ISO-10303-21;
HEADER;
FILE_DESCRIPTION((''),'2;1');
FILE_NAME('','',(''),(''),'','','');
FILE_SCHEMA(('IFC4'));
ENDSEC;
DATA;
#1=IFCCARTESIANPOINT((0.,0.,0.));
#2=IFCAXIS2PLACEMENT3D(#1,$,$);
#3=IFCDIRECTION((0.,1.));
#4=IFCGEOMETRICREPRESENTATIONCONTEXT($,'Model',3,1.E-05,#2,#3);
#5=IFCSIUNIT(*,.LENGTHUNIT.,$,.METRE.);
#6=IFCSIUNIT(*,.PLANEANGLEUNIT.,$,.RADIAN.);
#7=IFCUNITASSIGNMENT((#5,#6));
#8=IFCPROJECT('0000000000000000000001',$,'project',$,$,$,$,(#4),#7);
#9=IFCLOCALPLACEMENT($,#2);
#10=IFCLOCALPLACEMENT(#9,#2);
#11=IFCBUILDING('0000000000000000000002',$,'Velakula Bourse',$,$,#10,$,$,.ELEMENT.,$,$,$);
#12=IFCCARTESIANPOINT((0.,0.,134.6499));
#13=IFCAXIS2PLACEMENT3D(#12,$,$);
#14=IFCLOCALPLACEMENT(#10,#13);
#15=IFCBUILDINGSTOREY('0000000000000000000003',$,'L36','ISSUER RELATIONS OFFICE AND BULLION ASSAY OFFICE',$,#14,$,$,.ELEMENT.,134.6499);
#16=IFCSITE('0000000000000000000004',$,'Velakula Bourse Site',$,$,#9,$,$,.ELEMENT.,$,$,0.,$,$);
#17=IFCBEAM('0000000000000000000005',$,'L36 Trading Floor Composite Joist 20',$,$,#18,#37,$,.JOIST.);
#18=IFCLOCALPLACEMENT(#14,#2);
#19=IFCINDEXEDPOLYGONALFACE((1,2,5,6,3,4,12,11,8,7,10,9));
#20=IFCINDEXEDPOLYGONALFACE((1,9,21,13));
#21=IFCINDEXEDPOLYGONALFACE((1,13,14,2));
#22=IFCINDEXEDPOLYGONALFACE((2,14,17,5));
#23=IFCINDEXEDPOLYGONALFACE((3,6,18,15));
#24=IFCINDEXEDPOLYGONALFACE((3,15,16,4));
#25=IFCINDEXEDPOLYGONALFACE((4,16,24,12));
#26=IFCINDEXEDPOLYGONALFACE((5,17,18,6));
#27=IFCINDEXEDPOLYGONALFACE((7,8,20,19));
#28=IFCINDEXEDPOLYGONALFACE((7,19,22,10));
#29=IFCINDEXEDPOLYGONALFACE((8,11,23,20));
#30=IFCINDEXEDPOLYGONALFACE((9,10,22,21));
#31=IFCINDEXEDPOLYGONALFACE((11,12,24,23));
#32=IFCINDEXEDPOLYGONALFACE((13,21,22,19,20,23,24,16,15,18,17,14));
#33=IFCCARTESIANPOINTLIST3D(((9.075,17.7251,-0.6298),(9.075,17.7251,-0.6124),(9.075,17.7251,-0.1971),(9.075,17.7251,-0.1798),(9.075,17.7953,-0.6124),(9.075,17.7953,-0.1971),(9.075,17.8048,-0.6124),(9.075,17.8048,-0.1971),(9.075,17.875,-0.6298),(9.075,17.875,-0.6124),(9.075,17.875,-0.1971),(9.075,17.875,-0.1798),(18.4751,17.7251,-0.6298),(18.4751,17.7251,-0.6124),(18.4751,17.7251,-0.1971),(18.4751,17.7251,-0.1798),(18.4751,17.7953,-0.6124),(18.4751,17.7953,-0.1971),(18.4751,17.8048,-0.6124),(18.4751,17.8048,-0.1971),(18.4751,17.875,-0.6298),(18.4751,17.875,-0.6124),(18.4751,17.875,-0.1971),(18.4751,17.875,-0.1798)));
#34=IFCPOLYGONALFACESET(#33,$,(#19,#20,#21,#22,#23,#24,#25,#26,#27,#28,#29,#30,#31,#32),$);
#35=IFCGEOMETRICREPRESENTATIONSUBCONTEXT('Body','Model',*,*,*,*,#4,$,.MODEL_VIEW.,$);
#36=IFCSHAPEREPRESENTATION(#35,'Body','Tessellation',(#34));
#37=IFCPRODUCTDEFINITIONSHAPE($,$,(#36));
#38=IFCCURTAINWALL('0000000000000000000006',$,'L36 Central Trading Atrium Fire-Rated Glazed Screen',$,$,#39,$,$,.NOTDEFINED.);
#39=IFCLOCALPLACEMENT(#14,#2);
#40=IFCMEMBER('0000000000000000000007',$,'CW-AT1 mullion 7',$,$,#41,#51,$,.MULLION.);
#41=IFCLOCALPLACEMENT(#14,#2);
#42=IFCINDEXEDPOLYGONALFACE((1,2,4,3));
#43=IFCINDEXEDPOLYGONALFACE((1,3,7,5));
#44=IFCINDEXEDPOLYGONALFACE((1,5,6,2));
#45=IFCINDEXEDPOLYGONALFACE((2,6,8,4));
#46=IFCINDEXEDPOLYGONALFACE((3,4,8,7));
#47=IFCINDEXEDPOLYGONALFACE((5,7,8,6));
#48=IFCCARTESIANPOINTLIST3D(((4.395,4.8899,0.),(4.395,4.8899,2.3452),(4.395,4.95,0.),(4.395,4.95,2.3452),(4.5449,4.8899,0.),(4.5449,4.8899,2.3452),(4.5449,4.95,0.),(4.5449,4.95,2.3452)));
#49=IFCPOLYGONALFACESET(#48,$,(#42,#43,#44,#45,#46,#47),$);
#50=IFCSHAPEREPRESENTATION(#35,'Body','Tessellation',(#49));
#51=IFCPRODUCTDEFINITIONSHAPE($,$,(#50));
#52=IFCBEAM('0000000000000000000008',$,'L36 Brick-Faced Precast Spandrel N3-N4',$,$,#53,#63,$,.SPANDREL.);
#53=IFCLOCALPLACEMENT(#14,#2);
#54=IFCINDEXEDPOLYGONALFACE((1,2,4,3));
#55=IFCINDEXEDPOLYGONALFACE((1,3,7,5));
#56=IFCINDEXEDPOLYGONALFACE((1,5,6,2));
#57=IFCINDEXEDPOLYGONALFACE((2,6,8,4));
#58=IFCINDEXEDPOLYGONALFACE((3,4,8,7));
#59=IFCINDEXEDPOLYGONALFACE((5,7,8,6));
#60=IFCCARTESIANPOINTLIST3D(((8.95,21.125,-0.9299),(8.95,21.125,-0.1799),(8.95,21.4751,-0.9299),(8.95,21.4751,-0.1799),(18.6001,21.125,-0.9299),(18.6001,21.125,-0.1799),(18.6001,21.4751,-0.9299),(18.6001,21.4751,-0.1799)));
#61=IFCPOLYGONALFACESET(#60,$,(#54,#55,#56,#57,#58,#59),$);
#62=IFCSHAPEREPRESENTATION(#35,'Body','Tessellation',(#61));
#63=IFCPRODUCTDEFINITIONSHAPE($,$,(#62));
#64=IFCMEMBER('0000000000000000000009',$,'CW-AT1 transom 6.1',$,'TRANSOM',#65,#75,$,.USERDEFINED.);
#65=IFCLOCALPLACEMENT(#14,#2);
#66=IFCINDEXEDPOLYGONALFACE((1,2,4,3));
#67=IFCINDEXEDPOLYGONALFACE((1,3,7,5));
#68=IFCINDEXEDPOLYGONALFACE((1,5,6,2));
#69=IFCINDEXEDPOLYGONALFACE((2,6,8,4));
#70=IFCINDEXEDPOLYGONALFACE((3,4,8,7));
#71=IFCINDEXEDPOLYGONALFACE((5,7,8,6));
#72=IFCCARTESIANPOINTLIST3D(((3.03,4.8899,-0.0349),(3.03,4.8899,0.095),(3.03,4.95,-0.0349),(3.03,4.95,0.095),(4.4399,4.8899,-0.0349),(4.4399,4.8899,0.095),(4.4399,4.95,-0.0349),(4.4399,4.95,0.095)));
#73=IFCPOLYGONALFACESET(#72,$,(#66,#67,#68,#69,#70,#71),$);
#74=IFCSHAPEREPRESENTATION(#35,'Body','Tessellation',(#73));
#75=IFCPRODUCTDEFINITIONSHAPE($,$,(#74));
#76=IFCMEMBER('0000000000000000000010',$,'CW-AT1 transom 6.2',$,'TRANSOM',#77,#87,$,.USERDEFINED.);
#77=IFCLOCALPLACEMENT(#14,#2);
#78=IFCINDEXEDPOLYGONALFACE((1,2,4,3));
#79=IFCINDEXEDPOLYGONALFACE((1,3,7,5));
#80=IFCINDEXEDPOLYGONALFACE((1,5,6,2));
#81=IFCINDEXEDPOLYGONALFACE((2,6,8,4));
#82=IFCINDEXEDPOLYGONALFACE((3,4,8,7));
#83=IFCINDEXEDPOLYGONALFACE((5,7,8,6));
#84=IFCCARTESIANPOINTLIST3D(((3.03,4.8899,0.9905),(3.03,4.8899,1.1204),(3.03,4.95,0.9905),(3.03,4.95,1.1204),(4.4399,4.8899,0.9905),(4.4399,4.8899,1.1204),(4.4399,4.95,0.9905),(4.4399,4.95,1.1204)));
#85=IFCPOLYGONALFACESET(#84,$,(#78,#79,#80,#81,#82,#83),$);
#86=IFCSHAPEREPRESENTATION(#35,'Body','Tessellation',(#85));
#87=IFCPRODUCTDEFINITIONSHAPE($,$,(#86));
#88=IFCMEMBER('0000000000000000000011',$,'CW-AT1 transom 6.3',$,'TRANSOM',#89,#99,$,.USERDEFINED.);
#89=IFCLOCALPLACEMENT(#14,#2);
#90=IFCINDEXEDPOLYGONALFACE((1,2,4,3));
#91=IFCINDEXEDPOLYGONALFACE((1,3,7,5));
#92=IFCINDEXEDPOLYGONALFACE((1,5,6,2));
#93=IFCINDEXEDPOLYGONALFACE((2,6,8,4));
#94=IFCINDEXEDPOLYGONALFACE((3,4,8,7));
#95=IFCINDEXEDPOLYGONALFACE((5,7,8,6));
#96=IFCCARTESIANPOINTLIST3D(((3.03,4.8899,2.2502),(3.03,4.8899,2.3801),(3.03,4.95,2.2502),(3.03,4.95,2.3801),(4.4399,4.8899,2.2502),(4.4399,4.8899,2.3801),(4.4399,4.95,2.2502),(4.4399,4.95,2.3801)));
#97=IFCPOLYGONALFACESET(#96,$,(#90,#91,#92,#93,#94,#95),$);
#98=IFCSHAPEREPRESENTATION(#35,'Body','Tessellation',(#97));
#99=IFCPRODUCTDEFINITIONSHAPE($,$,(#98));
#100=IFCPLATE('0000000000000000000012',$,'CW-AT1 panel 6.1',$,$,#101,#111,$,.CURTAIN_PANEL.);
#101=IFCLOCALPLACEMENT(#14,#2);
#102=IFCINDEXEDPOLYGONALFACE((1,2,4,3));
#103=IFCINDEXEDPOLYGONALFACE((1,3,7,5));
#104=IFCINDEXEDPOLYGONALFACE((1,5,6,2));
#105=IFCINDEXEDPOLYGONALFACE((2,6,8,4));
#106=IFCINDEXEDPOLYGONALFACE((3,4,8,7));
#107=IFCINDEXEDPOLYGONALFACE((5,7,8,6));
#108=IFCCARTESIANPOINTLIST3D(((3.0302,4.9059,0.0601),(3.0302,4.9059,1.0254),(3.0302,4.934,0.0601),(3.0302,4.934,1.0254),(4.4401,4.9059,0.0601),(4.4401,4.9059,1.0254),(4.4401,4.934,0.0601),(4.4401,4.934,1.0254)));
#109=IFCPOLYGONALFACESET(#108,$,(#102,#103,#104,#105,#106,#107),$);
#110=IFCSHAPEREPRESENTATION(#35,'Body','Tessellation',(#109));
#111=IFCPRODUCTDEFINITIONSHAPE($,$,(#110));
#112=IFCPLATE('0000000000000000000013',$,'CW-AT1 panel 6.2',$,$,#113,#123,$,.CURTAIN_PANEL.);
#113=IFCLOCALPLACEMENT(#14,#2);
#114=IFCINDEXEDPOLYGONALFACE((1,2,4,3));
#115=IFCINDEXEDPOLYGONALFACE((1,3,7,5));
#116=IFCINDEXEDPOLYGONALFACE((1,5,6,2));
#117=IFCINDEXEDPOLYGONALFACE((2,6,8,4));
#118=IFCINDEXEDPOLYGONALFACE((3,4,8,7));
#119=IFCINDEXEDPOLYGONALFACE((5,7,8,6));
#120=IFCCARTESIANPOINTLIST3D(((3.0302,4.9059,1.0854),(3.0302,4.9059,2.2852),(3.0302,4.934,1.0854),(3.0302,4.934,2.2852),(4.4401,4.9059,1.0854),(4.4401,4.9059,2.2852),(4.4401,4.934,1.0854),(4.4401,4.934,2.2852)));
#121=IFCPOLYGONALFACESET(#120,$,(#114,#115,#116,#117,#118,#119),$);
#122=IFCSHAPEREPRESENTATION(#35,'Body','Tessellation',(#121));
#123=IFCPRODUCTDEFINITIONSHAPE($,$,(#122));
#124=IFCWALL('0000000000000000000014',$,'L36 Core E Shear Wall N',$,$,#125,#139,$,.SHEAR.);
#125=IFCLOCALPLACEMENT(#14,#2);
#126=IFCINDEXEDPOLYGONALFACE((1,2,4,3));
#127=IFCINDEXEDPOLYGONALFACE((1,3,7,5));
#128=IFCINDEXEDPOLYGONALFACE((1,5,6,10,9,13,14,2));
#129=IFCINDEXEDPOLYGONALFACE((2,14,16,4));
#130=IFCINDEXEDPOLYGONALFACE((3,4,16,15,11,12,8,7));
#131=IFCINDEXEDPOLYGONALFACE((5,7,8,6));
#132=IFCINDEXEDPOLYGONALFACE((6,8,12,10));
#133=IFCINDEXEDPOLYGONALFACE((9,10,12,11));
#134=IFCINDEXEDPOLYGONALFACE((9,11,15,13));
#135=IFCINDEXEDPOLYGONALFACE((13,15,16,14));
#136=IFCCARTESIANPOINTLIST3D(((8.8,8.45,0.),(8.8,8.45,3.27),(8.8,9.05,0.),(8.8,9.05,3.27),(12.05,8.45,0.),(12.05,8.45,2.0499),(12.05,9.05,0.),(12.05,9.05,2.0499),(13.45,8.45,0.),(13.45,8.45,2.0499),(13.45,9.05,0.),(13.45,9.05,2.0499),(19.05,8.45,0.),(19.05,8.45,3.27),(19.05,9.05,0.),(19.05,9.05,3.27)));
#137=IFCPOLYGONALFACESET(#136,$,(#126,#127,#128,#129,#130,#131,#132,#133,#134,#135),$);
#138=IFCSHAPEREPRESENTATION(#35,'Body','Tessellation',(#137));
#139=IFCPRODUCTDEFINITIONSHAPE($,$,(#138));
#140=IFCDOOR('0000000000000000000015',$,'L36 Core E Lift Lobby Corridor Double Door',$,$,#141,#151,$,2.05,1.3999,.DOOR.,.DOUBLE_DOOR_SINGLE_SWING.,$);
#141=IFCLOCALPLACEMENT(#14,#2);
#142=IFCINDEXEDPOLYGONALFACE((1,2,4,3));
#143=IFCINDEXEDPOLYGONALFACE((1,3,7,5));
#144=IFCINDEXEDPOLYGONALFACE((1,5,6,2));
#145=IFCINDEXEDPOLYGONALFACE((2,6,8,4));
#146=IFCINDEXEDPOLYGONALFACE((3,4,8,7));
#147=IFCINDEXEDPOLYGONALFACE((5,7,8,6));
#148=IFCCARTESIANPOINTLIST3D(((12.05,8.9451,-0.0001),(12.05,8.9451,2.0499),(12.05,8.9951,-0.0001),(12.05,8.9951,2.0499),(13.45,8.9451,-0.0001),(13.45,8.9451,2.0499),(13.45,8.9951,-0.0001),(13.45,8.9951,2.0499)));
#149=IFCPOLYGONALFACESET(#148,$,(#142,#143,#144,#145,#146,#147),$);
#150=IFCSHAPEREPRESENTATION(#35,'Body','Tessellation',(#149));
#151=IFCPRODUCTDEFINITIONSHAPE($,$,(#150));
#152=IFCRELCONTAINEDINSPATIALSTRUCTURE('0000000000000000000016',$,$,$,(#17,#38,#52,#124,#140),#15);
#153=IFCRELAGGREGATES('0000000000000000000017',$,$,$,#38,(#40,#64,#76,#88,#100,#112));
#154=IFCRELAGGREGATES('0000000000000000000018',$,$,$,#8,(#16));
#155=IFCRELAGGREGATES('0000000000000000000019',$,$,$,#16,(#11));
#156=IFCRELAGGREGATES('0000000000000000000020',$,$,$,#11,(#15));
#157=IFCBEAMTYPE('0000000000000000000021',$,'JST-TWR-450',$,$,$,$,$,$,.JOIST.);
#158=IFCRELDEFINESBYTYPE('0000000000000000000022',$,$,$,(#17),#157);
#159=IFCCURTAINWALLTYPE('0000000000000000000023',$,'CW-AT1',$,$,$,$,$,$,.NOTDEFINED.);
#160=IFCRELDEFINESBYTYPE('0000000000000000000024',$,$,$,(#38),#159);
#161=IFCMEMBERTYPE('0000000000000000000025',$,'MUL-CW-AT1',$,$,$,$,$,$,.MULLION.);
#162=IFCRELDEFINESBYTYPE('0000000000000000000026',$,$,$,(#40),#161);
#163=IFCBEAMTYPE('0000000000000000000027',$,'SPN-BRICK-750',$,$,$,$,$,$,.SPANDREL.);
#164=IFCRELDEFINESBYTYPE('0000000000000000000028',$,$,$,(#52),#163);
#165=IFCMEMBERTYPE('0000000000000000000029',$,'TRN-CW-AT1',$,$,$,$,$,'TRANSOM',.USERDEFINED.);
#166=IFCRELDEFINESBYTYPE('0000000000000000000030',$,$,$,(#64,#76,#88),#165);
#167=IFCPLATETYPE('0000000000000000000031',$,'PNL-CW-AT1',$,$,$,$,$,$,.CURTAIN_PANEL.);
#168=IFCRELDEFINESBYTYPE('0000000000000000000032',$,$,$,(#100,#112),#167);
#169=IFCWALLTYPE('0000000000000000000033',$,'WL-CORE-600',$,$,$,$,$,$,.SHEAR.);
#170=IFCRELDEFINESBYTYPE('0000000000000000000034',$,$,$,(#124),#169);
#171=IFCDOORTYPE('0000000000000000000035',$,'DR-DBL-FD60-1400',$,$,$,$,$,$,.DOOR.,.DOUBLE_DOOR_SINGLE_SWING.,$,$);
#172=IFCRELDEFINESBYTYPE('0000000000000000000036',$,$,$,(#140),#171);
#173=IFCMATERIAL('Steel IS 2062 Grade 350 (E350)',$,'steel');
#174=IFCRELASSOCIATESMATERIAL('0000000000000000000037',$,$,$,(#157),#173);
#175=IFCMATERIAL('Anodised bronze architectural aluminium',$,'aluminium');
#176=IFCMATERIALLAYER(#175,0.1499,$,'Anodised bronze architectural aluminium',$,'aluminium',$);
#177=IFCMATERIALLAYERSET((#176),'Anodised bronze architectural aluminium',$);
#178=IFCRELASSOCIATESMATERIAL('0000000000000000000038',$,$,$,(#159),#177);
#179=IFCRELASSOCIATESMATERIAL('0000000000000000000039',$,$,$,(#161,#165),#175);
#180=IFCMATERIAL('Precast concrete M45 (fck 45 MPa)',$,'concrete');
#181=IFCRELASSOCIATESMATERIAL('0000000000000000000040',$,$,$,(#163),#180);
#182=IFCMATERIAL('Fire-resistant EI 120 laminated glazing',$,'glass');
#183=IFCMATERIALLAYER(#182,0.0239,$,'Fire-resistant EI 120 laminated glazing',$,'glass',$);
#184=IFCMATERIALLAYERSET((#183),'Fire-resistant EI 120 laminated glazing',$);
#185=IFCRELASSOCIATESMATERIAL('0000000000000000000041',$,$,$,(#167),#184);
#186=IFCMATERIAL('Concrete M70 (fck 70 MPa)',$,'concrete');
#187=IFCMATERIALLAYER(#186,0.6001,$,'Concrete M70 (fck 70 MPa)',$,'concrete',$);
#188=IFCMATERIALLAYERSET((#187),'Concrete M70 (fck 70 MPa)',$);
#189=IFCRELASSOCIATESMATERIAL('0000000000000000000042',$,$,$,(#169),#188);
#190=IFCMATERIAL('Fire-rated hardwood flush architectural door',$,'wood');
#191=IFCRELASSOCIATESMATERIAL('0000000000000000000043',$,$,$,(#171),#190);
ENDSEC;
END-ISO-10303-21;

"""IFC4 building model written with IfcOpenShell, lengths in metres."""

from ifc_helpers import new_model, si_unit, direction, frame, frame_2d, origin, origin_2d, place, context, subcontext, project, spatial, rectangle, i_section, extrude, material, layer, layer_set, material_profile, profile_set, type_object, element, fill, aggregate, save


model = new_model("IFC4")

# Units and contexts
model_context = context("Model", 3, precision=1e-05, world=origin(), true_north=direction((0.0, 1.0)))
body_context = subcontext(model_context, "Body", "Model", "MODEL_VIEW")
ifc_project = project(units=[si_unit("LENGTHUNIT", "METRE"), si_unit("PLANEANGLEUNIT", "RADIAN")], contexts=[model_context])

# Site, building, storey
site_placement = place(None, origin())
site = spatial("IfcSite", under=ifc_project, at=site_placement, Name="Velakula Bourse Site", CompositionType="ELEMENT", RefElevation=0.0)
building_placement = place(site_placement, origin())
building = spatial("IfcBuilding", under=site, at=building_placement, Name="Velakula Bourse", CompositionType="ELEMENT")
storey_placement = place(building_placement, frame((0.0, 0.0, 134.6499)))
storey = spatial("IfcBuildingStorey", under=building, at=storey_placement, Name="L36", Description="ISSUER RELATIONS OFFICE AND BULLION ASSAY OFFICE", CompositionType="ELEMENT", Elevation=134.6499)

# Shared definitions
ifc_material_1 = material(Name="Concrete M70 (fck 70 MPa)", Category="concrete")
ifc_material_2 = material(Name="Steel IS 2062 Grade 350 (E350)", Category="steel")

# Beam
ifc_material_profile_1 = material_profile(ifc_material_2, i_section(OverallWidth=0.1499, OverallDepth=0.45, WebThickness=0.0095, FlangeThickness=0.0173, at=origin_2d()), Name="Steel IS 2062 Grade 350 (E350)")
ifc_profile_set_1 = profile_set([ifc_material_profile_1], Name="Steel IS 2062 Grade 350 (E350)")
beam_type_1 = type_object("IfcBeamType", Name="JST-TWR-450", PredefinedType="JOIST", material=ifc_profile_set_1)
for number, where, z_axis, x_axis, name in (
    (1, (9.075, 17.8, -0.4048), (1.0, 0.0, 0.0), (0.0, 1.0, 0.0), "L36 Trading Floor Composite Joist 20"),
):
    element("IfcBeam", number, at=place(storey_placement, frame(where, z_axis=z_axis, x_axis=x_axis)), inside=storey, type_object=beam_type_1, Name=name, PredefinedType="JOIST", context=body_context, shape_type="SweptSolid", body=[
        extrude(i_section(OverallWidth=0.1499, OverallDepth=0.45, WebThickness=0.0095, FlangeThickness=0.0173, at=origin_2d()), origin(), (0.0, 0.0, 1.0), 9.4001),
    ])

# Curtain wall, member
ifc_material_3 = material(Name="Anodised bronze architectural aluminium", Category="aluminium")
ifc_layer_1 = layer(ifc_material_3, 0.1499, Name="Anodised bronze architectural aluminium", Category="aluminium")
ifc_layer_set_1 = layer_set([ifc_layer_1], Name="Anodised bronze architectural aluminium")
curtain_wall_type = type_object("IfcCurtainWallType", Name="CW-AT1", PredefinedType="NOTDEFINED", material=ifc_layer_set_1)
curtain_wall_placement = place(storey_placement, origin())
curtain_wall = element("IfcCurtainWall", 2, at=curtain_wall_placement, inside=storey, type_object=curtain_wall_type, Name="L36 Central Trading Atrium Fire-Rated Glazed Screen", PredefinedType="NOTDEFINED")
ifc_material_profile_2 = material_profile(ifc_material_3, rectangle(XDim=0.0601, YDim=0.1499, at=origin_2d()), Name="Anodised bronze architectural aluminium")
ifc_profile_set_2 = profile_set([ifc_material_profile_2], Name="Anodised bronze architectural aluminium")
member_type_1 = type_object("IfcMemberType", Name="MUL-CW-AT1", PredefinedType="MULLION", material=ifc_profile_set_2)
member_1_placement = place(storey_placement, frame((4.47, 4.9199, 0.0), z_axis=(0.0, 0.0, 1.0), x_axis=(0.0, 1.0, 0.0)))
member_1 = element("IfcMember", 3, at=member_1_placement, type_object=member_type_1, Name="CW-AT1 mullion 7", PredefinedType="MULLION", context=body_context, shape_type="SweptSolid", body=[
    extrude(rectangle(XDim=0.0601, YDim=0.1499, at=origin_2d()), origin(), (0.0, 0.0, 1.0), 2.3452),
])

# Beam
ifc_material_4 = material(Name="Precast concrete M45 (fck 45 MPa)", Category="concrete")
ifc_material_profile_3 = material_profile(ifc_material_4, rectangle(XDim=0.3501, YDim=0.75, at=origin_2d()), Name="Precast concrete M45 (fck 45 MPa)")
ifc_profile_set_3 = profile_set([ifc_material_profile_3], Name="Precast concrete M45 (fck 45 MPa)")
beam_type_2 = type_object("IfcBeamType", Name="SPN-BRICK-750", PredefinedType="SPANDREL", material=ifc_profile_set_3)
beam_1_placement = place(storey_placement, frame((8.95, 21.3, -0.5549), z_axis=(1.0, 0.0, 0.0), x_axis=(0.0, 1.0, 0.0)))
element("IfcBeam", 4, at=beam_1_placement, inside=storey, type_object=beam_type_2, Name="L36 Brick-Faced Precast Spandrel N3-N4", PredefinedType="SPANDREL", context=body_context, shape_type="SweptSolid", body=[
    extrude(rectangle(XDim=0.3501, YDim=0.75, at=origin_2d()), origin(), (0.0, 0.0, 1.0), 9.6501),
])

# Members
ifc_material_profile_4 = material_profile(ifc_material_3, rectangle(XDim=0.0601, YDim=0.1299, at=origin_2d()), Name="Anodised bronze architectural aluminium")
ifc_profile_set_4 = profile_set([ifc_material_profile_4], Name="Anodised bronze architectural aluminium")
member_type_2 = type_object("IfcMemberType", Name="TRN-CW-AT1", ElementType="TRANSOM", PredefinedType="USERDEFINED", material=ifc_profile_set_4)
member_2_placement = place(storey_placement, frame((3.03, 4.9199, 0.03), z_axis=(1.0, 0.0, 0.0), x_axis=(0.0, 1.0, 0.0)))
member_2 = element("IfcMember", 5, at=member_2_placement, type_object=member_type_2, Name="CW-AT1 transom 6.1", ObjectType="TRANSOM", PredefinedType="USERDEFINED", context=body_context, shape_type="SweptSolid", body=[
    extrude(rectangle(XDim=0.0601, YDim=0.1299, at=origin_2d()), origin(), (0.0, 0.0, 1.0), 1.4099),
])
member_3_placement = place(storey_placement, frame((3.03, 4.9199, 1.0554), z_axis=(1.0, 0.0, 0.0), x_axis=(0.0, 1.0, 0.0)))
member_3 = element("IfcMember", 6, at=member_3_placement, type_object=member_type_2, Name="CW-AT1 transom 6.2", ObjectType="TRANSOM", PredefinedType="USERDEFINED", context=body_context, shape_type="SweptSolid", body=[
    extrude(rectangle(XDim=0.0601, YDim=0.1299, at=origin_2d()), origin(), (0.0, 0.0, 1.0), 1.4099),
])
member_4_placement = place(storey_placement, frame((3.03, 4.9199, 2.3152), z_axis=(1.0, 0.0, 0.0), x_axis=(0.0, 1.0, 0.0)))
member_4 = element("IfcMember", 7, at=member_4_placement, type_object=member_type_2, Name="CW-AT1 transom 6.3", ObjectType="TRANSOM", PredefinedType="USERDEFINED", context=body_context, shape_type="SweptSolid", body=[
    extrude(rectangle(XDim=0.0601, YDim=0.1299, at=origin_2d()), origin(), (0.0, 0.0, 1.0), 1.4099),
])

# Plates
ifc_material_5 = material(Name="Fire-resistant EI 120 laminated glazing", Category="glass")
ifc_layer_2 = layer(ifc_material_5, 0.0239, Name="Fire-resistant EI 120 laminated glazing", Category="glass")
ifc_layer_set_2 = layer_set([ifc_layer_2], Name="Fire-resistant EI 120 laminated glazing")
plate_type = type_object("IfcPlateType", Name="PNL-CW-AT1", PredefinedType="CURTAIN_PANEL", material=ifc_layer_set_2)
plate_1_placement = place(storey_placement, frame((3.7351, 4.9199, 0.0601), z_axis=(0.0, 0.0, 1.0), x_axis=(1.0, 0.0, 0.0)))
plate_1 = element("IfcPlate", 8, at=plate_1_placement, type_object=plate_type, Name="CW-AT1 panel 6.1", PredefinedType="CURTAIN_PANEL", context=body_context, shape_type="SweptSolid", body=[
    extrude(rectangle(XDim=1.4099, YDim=0.0281, at=origin_2d()), origin(), (0.0, 0.0, 1.0), 0.9653),
])
plate_2_placement = place(storey_placement, frame((3.7351, 4.9199, 1.0854), z_axis=(0.0, 0.0, 1.0), x_axis=(1.0, 0.0, 0.0)))
plate_2 = element("IfcPlate", 9, at=plate_2_placement, type_object=plate_type, Name="CW-AT1 panel 6.2", PredefinedType="CURTAIN_PANEL", context=body_context, shape_type="SweptSolid", body=[
    extrude(rectangle(XDim=1.4099, YDim=0.0281, at=origin_2d()), origin(), (0.0, 0.0, 1.0), 1.1997),
])
aggregate(curtain_wall, [member_1, member_2, member_3, member_4, plate_1, plate_2])

# Wall, opening, door
ifc_layer_3 = layer(ifc_material_1, 0.6001, Name="Concrete M70 (fck 70 MPa)", Category="concrete")
ifc_layer_set_3 = layer_set([ifc_layer_3], Name="Concrete M70 (fck 70 MPa)")
wall_type_1 = type_object("IfcWallType", Name="WL-CORE-600", PredefinedType="SHEAR", material=ifc_layer_set_3)
wall_1_placement = place(storey_placement, frame((8.8, 8.75, 0.0), z_axis=(0.0, 0.0, 1.0), x_axis=(1.0, 0.0, 0.0)))
wall_1 = element("IfcWall", 10, at=wall_1_placement, inside=storey, type_object=wall_type_1, Name="L36 Core E Shear Wall N", PredefinedType="SHEAR", context=body_context, shape_type="SweptSolid", body=[
    extrude(rectangle(XDim=10.25, YDim=0.6001, at=frame_2d((5.125, 0.0))), origin(), (0.0, 0.0, 1.0), 3.27),
])
opening_1_placement = place(wall_1_placement, frame((3.25, 0.0, 0.0)))
opening_1 = element("IfcOpeningElement", 11, at=opening_1_placement, cuts=wall_1, PredefinedType="OPENING", context=body_context, shape_type="SweptSolid", body=[
    extrude(rectangle(XDim=1.3999, YDim=2.05, at=frame_2d((0.7, 1.0249))), frame((0.0, 0.3101, 0.0), z_axis=(0.0, -1.0, 0.0), x_axis=(1.0, 0.0, 0.0)), (0.0, 0.0, 1.0), 0.6201),
])
ifc_material_6 = material(Name="Fire-rated hardwood flush architectural door", Category="wood")
door_type = type_object("IfcDoorType", Name="DR-DBL-FD60-1400", OperationType="DOUBLE_DOOR_SINGLE_SWING", PredefinedType="DOOR", material=ifc_material_6)
door_placement = place(opening_1_placement, origin())
door = element("IfcDoor", 12, at=door_placement, inside=storey, type_object=door_type, Name="L36 Core E Lift Lobby Corridor Double Door", OperationType="DOUBLE_DOOR_SINGLE_SWING", OverallHeight=2.05, OverallWidth=1.3999, PredefinedType="DOOR", context=body_context, shape_type="SweptSolid", body=[
    extrude(rectangle(XDim=1.3999, YDim=2.05, at=frame_2d((0.7, 1.0249))), frame((0.0, 0.2451, 0.0), z_axis=(0.0, -1.0, 0.0), x_axis=(1.0, 0.0, 0.0)), (0.0, 0.0, 1.0), 0.05),
])
fill(opening_1, door)

save(model, "model.ifc")
